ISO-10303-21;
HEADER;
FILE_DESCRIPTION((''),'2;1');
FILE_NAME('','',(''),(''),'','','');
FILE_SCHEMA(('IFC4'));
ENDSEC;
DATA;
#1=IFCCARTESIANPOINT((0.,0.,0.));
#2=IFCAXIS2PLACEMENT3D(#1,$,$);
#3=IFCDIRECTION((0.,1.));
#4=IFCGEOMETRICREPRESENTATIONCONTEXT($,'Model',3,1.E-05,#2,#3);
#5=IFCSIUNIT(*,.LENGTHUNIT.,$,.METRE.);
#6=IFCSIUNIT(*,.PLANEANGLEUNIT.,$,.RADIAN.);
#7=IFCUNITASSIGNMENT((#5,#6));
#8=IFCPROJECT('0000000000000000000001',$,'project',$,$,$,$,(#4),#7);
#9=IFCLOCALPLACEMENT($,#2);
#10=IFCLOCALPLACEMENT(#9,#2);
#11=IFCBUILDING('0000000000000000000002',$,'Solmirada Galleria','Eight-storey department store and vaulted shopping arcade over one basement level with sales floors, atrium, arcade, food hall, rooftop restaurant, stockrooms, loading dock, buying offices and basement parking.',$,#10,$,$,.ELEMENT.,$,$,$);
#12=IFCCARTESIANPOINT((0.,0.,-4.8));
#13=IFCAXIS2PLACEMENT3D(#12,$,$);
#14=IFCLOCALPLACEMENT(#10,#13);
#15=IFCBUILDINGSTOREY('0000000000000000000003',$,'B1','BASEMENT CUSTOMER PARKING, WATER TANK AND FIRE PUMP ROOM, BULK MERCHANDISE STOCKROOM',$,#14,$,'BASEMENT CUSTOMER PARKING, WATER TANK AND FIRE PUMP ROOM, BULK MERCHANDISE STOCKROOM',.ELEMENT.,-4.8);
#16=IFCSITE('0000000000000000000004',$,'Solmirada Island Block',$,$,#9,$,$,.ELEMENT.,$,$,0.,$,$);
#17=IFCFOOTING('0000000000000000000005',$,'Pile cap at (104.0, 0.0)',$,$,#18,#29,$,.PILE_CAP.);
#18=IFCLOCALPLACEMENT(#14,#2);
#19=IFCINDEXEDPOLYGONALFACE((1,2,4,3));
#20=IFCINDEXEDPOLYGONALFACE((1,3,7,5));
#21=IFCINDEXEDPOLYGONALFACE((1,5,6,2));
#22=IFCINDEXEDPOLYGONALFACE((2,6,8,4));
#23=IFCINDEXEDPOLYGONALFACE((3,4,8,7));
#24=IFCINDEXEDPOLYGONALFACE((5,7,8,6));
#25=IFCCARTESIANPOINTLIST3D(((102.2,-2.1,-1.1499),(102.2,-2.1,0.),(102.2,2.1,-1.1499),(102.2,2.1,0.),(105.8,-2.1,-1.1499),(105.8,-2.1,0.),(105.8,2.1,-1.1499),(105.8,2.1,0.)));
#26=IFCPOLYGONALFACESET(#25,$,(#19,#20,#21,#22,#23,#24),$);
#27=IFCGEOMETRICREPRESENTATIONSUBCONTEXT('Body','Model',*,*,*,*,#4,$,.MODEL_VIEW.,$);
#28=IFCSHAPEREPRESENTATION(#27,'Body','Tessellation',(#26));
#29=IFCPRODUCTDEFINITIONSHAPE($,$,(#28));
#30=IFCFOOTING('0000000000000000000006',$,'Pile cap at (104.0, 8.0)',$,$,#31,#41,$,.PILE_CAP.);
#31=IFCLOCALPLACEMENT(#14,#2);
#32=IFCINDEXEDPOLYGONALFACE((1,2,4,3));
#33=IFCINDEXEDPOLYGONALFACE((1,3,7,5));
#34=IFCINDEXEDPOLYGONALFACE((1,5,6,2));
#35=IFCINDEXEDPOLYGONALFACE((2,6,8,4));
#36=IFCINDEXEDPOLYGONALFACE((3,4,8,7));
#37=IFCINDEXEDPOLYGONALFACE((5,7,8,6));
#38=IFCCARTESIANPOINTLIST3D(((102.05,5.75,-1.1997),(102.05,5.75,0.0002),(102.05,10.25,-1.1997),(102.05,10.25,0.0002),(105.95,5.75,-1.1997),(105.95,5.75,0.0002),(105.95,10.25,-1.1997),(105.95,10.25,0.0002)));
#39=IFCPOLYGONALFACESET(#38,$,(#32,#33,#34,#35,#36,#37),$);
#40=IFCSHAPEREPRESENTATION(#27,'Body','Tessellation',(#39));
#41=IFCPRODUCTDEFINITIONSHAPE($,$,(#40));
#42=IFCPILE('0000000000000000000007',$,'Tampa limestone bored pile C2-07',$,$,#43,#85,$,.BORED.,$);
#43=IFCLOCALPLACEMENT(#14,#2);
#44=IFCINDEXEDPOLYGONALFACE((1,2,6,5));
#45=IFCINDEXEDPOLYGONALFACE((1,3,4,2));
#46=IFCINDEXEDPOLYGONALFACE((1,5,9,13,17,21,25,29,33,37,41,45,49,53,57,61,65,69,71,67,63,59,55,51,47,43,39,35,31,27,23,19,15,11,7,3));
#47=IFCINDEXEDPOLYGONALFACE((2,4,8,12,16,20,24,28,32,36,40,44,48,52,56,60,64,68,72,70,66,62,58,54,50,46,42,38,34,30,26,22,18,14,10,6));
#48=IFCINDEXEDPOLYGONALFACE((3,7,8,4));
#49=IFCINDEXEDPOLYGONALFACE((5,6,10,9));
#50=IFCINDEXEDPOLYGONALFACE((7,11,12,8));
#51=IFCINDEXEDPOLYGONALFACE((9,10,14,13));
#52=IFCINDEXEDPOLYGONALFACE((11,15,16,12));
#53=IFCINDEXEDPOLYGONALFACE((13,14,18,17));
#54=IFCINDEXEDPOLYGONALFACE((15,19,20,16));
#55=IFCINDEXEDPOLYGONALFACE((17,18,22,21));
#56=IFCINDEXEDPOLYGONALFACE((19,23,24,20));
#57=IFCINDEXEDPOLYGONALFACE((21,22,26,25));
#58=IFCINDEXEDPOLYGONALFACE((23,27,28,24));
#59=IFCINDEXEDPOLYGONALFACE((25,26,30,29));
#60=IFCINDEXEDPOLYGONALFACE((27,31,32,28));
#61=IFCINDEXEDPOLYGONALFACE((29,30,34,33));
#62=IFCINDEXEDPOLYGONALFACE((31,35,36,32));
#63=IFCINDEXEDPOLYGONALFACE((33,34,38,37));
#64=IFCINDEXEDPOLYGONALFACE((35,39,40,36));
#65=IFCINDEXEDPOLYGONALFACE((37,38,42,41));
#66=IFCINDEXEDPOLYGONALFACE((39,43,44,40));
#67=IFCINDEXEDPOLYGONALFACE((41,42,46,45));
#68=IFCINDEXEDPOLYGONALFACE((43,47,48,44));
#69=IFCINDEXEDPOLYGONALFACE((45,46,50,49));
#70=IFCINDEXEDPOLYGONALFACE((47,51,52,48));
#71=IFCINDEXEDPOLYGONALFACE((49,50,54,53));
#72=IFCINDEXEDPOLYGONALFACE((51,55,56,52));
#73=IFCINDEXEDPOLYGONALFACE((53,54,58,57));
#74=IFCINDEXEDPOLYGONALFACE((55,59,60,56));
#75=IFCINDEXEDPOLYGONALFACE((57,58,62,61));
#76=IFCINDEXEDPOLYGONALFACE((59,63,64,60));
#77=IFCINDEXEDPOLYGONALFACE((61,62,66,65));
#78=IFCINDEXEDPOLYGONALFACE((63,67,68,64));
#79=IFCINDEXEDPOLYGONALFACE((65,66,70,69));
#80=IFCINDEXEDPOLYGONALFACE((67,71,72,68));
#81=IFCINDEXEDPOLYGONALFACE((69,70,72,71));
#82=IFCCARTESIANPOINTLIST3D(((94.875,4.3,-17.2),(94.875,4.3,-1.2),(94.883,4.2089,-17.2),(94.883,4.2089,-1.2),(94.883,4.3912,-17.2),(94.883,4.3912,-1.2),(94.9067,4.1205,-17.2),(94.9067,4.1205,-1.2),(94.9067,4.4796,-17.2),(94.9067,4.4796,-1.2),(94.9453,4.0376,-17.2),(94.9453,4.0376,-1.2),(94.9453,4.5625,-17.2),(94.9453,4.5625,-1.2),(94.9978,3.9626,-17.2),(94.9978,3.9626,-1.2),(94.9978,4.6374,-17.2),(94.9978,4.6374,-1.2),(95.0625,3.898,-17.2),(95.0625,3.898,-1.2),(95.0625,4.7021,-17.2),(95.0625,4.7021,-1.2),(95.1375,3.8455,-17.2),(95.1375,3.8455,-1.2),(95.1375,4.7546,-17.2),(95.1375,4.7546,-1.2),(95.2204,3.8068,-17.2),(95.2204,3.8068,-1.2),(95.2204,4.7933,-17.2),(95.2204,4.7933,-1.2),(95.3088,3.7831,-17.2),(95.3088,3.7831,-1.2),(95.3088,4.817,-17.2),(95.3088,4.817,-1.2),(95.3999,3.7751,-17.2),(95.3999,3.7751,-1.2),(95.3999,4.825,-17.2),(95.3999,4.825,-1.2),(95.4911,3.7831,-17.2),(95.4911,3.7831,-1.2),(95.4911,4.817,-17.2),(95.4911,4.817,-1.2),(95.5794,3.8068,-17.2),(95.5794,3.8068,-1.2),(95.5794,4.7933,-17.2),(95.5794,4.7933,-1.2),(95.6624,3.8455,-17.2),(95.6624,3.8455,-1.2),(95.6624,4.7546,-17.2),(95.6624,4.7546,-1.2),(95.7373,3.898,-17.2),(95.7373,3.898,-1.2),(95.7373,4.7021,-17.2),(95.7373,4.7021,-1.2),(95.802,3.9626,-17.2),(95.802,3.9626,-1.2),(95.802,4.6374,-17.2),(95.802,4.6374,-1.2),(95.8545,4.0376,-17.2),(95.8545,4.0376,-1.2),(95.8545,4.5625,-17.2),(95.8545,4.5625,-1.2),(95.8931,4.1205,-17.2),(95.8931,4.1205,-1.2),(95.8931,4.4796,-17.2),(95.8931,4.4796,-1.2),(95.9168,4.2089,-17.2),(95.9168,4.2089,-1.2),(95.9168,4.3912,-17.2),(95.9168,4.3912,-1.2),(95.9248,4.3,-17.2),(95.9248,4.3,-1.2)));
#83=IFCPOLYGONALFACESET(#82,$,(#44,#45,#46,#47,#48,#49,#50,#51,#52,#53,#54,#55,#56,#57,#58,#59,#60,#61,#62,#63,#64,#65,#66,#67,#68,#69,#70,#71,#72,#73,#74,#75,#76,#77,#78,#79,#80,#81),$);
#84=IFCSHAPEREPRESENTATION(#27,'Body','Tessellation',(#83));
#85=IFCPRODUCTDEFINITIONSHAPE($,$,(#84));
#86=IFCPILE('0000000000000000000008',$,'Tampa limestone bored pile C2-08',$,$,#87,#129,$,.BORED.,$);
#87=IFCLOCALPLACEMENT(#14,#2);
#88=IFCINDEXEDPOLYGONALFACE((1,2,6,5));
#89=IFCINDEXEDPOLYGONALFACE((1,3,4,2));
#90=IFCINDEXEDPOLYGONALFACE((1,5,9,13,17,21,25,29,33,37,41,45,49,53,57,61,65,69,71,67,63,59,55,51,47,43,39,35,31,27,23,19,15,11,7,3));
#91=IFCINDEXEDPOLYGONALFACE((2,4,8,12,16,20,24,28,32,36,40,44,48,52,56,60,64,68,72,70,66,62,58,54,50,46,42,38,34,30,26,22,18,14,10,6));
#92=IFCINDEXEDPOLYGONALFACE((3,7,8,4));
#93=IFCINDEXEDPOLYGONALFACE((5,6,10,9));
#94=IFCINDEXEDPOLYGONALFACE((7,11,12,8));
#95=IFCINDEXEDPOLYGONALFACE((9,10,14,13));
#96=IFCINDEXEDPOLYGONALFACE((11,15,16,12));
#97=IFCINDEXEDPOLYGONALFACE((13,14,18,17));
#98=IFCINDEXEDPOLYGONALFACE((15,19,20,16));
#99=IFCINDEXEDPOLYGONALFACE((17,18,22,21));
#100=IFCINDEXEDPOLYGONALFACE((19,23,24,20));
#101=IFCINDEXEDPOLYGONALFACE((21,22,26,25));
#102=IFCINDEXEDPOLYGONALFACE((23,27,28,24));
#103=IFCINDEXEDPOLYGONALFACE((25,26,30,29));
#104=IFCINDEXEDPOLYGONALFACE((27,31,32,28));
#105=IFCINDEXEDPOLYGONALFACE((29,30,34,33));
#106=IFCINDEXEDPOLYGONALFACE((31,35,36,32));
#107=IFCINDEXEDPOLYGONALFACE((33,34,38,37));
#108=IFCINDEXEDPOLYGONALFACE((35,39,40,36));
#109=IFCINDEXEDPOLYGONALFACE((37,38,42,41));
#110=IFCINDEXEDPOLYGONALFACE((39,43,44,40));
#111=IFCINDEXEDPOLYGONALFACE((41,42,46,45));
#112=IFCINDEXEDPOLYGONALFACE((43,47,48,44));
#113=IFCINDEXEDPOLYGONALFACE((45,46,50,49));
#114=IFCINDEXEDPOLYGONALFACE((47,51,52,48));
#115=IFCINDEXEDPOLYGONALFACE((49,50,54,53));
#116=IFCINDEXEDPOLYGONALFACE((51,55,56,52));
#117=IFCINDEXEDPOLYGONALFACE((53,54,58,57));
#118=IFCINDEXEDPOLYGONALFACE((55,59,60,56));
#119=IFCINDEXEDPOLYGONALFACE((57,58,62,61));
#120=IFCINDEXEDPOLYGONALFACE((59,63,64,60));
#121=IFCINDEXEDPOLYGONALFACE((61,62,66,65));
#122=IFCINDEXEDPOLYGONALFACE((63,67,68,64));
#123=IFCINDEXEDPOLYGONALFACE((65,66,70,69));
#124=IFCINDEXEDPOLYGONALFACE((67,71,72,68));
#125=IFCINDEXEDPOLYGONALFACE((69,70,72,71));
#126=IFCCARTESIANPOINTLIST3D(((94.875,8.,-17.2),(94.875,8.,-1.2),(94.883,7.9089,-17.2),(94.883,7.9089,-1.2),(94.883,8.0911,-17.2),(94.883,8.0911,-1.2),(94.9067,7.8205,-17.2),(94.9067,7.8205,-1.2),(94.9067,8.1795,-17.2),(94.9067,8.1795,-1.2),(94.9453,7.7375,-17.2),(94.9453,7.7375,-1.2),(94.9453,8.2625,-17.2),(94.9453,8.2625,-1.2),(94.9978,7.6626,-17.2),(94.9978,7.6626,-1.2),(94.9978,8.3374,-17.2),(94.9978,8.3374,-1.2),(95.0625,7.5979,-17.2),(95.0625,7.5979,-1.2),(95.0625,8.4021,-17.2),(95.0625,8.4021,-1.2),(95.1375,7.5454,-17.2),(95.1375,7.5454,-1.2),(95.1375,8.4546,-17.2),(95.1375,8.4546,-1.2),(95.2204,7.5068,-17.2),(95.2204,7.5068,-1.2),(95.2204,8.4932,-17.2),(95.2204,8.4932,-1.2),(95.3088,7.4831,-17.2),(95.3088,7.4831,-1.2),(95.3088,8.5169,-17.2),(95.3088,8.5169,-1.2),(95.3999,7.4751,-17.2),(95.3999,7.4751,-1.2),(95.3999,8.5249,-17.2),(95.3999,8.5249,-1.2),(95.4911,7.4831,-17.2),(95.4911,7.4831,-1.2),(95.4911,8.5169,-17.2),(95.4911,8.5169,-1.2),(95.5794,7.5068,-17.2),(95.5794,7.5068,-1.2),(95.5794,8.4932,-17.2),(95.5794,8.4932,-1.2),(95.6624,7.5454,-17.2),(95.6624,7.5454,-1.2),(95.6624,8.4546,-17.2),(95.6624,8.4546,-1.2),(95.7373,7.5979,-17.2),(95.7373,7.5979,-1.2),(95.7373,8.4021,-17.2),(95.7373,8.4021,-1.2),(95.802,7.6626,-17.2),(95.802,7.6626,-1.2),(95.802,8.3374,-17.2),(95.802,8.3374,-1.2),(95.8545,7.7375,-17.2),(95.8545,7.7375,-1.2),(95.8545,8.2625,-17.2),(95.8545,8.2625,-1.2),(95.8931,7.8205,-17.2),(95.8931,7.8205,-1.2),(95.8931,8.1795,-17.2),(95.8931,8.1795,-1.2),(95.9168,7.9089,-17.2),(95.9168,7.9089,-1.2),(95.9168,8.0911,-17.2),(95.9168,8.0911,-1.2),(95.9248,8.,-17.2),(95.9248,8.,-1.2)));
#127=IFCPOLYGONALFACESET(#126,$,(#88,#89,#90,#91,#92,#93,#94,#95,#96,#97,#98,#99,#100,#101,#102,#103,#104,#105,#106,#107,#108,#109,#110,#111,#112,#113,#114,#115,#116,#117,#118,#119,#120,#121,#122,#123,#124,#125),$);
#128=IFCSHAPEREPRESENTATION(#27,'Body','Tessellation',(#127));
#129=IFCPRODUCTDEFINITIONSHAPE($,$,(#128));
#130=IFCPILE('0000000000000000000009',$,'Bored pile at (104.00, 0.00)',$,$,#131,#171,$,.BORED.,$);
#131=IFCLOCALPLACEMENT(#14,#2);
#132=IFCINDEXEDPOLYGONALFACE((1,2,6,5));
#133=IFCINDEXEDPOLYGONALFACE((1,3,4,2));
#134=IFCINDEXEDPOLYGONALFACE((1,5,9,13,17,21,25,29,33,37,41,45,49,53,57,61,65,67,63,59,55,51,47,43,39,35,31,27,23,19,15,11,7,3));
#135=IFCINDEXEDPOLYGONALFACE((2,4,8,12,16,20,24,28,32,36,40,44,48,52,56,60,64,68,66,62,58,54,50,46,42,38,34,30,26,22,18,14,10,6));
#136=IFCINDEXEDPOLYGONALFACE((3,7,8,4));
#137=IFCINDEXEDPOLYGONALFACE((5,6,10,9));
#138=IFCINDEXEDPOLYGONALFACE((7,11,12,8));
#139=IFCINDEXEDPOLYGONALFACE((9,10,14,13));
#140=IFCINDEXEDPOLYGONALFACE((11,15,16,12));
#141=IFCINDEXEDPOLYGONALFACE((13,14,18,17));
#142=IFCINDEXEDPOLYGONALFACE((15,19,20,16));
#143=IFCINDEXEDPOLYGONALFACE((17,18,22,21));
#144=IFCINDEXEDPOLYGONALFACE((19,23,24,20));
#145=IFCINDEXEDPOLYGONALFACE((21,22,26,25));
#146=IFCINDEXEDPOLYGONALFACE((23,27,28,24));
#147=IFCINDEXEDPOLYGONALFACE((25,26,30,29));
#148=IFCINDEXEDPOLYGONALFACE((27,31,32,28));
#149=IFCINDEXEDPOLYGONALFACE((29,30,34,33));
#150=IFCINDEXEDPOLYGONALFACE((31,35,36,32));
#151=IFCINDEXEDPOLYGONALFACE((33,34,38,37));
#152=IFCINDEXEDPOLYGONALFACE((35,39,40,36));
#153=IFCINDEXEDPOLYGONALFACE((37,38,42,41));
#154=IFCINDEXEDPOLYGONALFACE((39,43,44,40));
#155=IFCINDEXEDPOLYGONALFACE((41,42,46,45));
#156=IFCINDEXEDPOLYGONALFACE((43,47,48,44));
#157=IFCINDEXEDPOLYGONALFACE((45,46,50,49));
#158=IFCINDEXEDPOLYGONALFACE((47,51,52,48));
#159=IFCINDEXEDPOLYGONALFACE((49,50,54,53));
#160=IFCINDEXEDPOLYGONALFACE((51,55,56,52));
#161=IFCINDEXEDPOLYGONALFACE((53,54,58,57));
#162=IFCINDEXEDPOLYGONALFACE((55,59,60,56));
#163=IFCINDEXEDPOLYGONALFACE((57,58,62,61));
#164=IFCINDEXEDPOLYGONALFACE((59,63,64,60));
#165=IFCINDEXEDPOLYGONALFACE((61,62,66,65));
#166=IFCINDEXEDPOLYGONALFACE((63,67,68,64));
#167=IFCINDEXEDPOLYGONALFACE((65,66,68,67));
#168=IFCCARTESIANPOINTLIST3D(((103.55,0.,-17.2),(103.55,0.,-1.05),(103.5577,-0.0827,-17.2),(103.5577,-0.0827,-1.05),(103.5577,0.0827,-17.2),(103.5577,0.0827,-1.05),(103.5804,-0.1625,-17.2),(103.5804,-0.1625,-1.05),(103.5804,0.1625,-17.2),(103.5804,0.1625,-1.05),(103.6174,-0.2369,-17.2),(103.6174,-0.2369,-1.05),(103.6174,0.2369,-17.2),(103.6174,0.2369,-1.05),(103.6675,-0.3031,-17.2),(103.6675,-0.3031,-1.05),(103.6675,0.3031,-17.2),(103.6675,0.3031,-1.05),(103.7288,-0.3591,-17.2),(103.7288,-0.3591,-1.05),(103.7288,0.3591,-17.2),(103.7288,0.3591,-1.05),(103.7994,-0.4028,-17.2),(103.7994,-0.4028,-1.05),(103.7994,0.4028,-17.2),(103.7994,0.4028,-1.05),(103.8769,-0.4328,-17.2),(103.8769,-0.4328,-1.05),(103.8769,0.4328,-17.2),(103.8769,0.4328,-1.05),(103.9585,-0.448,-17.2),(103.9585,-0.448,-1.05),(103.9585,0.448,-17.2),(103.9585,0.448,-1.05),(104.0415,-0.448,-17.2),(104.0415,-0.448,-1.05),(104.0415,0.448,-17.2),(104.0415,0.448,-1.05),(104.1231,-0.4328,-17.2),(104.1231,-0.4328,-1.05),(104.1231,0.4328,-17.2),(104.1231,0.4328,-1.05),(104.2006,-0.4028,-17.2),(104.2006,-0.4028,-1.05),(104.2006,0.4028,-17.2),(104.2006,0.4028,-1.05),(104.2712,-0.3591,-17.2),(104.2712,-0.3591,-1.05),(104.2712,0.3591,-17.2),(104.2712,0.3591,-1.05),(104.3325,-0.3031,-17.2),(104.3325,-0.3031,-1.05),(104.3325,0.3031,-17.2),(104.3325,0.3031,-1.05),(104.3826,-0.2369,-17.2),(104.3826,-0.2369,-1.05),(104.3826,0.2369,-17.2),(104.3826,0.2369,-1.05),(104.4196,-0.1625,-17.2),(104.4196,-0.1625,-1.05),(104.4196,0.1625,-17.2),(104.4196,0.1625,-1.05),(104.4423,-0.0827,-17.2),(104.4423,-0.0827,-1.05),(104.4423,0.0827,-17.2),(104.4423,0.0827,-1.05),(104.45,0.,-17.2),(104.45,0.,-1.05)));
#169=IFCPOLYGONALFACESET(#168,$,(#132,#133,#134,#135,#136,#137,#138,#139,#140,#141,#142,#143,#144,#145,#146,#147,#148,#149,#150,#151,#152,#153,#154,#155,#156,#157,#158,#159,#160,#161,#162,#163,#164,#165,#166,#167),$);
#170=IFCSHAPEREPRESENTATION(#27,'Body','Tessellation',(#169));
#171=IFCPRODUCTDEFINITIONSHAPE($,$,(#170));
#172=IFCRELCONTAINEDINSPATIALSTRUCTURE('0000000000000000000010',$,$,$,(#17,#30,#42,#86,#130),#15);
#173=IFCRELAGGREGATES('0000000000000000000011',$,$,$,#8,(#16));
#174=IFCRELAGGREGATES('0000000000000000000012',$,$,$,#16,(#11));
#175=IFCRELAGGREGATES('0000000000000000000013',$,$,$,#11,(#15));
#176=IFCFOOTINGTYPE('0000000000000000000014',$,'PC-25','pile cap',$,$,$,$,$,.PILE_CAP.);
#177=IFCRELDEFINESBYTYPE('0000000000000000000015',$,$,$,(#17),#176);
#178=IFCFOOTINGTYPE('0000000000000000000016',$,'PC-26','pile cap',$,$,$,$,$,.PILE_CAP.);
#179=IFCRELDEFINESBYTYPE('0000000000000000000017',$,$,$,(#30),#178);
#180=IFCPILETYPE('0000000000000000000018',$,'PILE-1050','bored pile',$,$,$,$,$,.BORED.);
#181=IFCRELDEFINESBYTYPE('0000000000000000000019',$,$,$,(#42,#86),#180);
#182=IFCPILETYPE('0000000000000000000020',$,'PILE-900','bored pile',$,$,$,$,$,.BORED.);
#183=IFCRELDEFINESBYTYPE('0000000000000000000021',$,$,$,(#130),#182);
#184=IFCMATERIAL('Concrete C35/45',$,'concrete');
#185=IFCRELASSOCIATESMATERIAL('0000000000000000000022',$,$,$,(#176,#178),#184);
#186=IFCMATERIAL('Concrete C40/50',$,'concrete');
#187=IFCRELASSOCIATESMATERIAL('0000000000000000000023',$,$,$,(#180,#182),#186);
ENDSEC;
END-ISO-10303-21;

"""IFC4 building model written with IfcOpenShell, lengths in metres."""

from ifc_helpers import new_model, si_unit, direction, frame, origin, origin_2d, place, context, subcontext, project, spatial, rectangle, circle, extrude, material, material_profile, profile_set, type_object, element, save


model = new_model("IFC4")

# Units and contexts
model_context = context("Model", 3, precision=1e-05, world=origin(), true_north=direction((0.0, 1.0)))
body_context = subcontext(model_context, "Body", "Model", "MODEL_VIEW")
ifc_project = project(units=[si_unit("LENGTHUNIT", "METRE"), si_unit("PLANEANGLEUNIT", "RADIAN")], contexts=[model_context])

# Site, building, storey
site_placement = place(None, origin())
site = spatial("IfcSite", under=ifc_project, at=site_placement, Name="Solmirada Island Block", CompositionType="ELEMENT", RefElevation=0.0)
building_placement = place(site_placement, origin())
building = spatial("IfcBuilding", under=site, at=building_placement, Name="Solmirada Galleria", Description="Eight-storey department store and vaulted shopping arcade over one basement level with sales floors, atrium, arcade, food hall, rooftop restaurant, stockrooms, loading dock, buying offices and basement parking.", CompositionType="ELEMENT")
storey_placement = place(building_placement, frame((0.0, 0.0, -4.8)))
storey = spatial("IfcBuildingStorey", under=building, at=storey_placement, Name="B1", Description="BASEMENT CUSTOMER PARKING, WATER TANK AND FIRE PUMP ROOM, BULK MERCHANDISE STOCKROOM", LongName="BASEMENT CUSTOMER PARKING, WATER TANK AND FIRE PUMP ROOM, BULK MERCHANDISE STOCKROOM", CompositionType="ELEMENT", Elevation=-4.8)

# Footings
ifc_material_1 = material(Name="Concrete C35/45", Category="concrete")
footing_type_1 = type_object("IfcFootingType", Name="PC-25", Description="pile cap", PredefinedType="PILE_CAP", material=ifc_material_1)
footing_1_placement = place(storey_placement, frame((104.0, 0.0, -1.1499), z_axis=(0.0, 0.0, 1.0), x_axis=(1.0, 0.0, 0.0)))
element("IfcFooting", 1, at=footing_1_placement, inside=storey, type_object=footing_type_1, Name="Pile cap at (104.0, 0.0)", PredefinedType="PILE_CAP", context=body_context, shape_type="SweptSolid", body=[
    extrude(rectangle(XDim=3.6001, YDim=4.2, at=origin_2d()), origin(), (0.0, 0.0, 1.0), 1.1499),
])
footing_type_2 = type_object("IfcFootingType", Name="PC-26", Description="pile cap", PredefinedType="PILE_CAP", material=ifc_material_1)
footing_2_placement = place(storey_placement, frame((104.0, 8.0, -1.1997), z_axis=(0.0, 0.0, 1.0), x_axis=(1.0, 0.0, 0.0)))
element("IfcFooting", 2, at=footing_2_placement, inside=storey, type_object=footing_type_2, Name="Pile cap at (104.0, 8.0)", PredefinedType="PILE_CAP", context=body_context, shape_type="SweptSolid", body=[
    extrude(rectangle(XDim=3.8999, YDim=4.5, at=origin_2d()), origin(), (0.0, 0.0, 1.0), 1.2),
])

# Piles
ifc_material_2 = material(Name="Concrete C40/50", Category="concrete")
ifc_material_profile_1 = material_profile(ifc_material_2, circle(Radius=0.5249, at=origin_2d()), Name="PILE1050")
ifc_profile_set_1 = profile_set([ifc_material_profile_1], Name="Concrete C40/50")
pile_type_1 = type_object("IfcPileType", Name="PILE-1050", Description="bored pile", PredefinedType="BORED", material=ifc_profile_set_1)
for number, where, z_axis, x_axis, name in (
    (3, (95.3999, 4.3, -1.2), (0.0, 0.0, -1.0), (1.0, 0.0, 0.0), "Tampa limestone bored pile C2-07"),
    (4, (95.3999, 8.0, -1.2), (0.0, 0.0, -1.0), (1.0, 0.0, 0.0), "Tampa limestone bored pile C2-08"),
):
    element("IfcPile", number, at=place(storey_placement, frame(where, z_axis=z_axis, x_axis=x_axis)), inside=storey, type_object=pile_type_1, Name=name, PredefinedType="BORED", context=body_context, shape_type="SweptSolid", body=[
        extrude(circle(Radius=0.5249, at=origin_2d()), origin(), (0.0, 0.0, 1.0), 16.0),
    ])
ifc_material_profile_2 = material_profile(ifc_material_2, circle(Radius=0.45, at=origin_2d()), Name="PILE900")
ifc_profile_set_2 = profile_set([ifc_material_profile_2], Name="Concrete C40/50")
pile_type_2 = type_object("IfcPileType", Name="PILE-900", Description="bored pile", PredefinedType="BORED", material=ifc_profile_set_2)
pile_placement = place(storey_placement, frame((104.0, 0.0, -1.05), z_axis=(0.0, 0.0, -1.0), x_axis=(1.0, 0.0, 0.0)))
element("IfcPile", 5, at=pile_placement, inside=storey, type_object=pile_type_2, Name="Bored pile at (104.00, 0.00)", PredefinedType="BORED", context=body_context, shape_type="SweptSolid", body=[
    extrude(circle(Radius=0.45, at=origin_2d()), origin(), (0.0, 0.0, 1.0), 16.1499),
])

save(model, "model.ifc")
